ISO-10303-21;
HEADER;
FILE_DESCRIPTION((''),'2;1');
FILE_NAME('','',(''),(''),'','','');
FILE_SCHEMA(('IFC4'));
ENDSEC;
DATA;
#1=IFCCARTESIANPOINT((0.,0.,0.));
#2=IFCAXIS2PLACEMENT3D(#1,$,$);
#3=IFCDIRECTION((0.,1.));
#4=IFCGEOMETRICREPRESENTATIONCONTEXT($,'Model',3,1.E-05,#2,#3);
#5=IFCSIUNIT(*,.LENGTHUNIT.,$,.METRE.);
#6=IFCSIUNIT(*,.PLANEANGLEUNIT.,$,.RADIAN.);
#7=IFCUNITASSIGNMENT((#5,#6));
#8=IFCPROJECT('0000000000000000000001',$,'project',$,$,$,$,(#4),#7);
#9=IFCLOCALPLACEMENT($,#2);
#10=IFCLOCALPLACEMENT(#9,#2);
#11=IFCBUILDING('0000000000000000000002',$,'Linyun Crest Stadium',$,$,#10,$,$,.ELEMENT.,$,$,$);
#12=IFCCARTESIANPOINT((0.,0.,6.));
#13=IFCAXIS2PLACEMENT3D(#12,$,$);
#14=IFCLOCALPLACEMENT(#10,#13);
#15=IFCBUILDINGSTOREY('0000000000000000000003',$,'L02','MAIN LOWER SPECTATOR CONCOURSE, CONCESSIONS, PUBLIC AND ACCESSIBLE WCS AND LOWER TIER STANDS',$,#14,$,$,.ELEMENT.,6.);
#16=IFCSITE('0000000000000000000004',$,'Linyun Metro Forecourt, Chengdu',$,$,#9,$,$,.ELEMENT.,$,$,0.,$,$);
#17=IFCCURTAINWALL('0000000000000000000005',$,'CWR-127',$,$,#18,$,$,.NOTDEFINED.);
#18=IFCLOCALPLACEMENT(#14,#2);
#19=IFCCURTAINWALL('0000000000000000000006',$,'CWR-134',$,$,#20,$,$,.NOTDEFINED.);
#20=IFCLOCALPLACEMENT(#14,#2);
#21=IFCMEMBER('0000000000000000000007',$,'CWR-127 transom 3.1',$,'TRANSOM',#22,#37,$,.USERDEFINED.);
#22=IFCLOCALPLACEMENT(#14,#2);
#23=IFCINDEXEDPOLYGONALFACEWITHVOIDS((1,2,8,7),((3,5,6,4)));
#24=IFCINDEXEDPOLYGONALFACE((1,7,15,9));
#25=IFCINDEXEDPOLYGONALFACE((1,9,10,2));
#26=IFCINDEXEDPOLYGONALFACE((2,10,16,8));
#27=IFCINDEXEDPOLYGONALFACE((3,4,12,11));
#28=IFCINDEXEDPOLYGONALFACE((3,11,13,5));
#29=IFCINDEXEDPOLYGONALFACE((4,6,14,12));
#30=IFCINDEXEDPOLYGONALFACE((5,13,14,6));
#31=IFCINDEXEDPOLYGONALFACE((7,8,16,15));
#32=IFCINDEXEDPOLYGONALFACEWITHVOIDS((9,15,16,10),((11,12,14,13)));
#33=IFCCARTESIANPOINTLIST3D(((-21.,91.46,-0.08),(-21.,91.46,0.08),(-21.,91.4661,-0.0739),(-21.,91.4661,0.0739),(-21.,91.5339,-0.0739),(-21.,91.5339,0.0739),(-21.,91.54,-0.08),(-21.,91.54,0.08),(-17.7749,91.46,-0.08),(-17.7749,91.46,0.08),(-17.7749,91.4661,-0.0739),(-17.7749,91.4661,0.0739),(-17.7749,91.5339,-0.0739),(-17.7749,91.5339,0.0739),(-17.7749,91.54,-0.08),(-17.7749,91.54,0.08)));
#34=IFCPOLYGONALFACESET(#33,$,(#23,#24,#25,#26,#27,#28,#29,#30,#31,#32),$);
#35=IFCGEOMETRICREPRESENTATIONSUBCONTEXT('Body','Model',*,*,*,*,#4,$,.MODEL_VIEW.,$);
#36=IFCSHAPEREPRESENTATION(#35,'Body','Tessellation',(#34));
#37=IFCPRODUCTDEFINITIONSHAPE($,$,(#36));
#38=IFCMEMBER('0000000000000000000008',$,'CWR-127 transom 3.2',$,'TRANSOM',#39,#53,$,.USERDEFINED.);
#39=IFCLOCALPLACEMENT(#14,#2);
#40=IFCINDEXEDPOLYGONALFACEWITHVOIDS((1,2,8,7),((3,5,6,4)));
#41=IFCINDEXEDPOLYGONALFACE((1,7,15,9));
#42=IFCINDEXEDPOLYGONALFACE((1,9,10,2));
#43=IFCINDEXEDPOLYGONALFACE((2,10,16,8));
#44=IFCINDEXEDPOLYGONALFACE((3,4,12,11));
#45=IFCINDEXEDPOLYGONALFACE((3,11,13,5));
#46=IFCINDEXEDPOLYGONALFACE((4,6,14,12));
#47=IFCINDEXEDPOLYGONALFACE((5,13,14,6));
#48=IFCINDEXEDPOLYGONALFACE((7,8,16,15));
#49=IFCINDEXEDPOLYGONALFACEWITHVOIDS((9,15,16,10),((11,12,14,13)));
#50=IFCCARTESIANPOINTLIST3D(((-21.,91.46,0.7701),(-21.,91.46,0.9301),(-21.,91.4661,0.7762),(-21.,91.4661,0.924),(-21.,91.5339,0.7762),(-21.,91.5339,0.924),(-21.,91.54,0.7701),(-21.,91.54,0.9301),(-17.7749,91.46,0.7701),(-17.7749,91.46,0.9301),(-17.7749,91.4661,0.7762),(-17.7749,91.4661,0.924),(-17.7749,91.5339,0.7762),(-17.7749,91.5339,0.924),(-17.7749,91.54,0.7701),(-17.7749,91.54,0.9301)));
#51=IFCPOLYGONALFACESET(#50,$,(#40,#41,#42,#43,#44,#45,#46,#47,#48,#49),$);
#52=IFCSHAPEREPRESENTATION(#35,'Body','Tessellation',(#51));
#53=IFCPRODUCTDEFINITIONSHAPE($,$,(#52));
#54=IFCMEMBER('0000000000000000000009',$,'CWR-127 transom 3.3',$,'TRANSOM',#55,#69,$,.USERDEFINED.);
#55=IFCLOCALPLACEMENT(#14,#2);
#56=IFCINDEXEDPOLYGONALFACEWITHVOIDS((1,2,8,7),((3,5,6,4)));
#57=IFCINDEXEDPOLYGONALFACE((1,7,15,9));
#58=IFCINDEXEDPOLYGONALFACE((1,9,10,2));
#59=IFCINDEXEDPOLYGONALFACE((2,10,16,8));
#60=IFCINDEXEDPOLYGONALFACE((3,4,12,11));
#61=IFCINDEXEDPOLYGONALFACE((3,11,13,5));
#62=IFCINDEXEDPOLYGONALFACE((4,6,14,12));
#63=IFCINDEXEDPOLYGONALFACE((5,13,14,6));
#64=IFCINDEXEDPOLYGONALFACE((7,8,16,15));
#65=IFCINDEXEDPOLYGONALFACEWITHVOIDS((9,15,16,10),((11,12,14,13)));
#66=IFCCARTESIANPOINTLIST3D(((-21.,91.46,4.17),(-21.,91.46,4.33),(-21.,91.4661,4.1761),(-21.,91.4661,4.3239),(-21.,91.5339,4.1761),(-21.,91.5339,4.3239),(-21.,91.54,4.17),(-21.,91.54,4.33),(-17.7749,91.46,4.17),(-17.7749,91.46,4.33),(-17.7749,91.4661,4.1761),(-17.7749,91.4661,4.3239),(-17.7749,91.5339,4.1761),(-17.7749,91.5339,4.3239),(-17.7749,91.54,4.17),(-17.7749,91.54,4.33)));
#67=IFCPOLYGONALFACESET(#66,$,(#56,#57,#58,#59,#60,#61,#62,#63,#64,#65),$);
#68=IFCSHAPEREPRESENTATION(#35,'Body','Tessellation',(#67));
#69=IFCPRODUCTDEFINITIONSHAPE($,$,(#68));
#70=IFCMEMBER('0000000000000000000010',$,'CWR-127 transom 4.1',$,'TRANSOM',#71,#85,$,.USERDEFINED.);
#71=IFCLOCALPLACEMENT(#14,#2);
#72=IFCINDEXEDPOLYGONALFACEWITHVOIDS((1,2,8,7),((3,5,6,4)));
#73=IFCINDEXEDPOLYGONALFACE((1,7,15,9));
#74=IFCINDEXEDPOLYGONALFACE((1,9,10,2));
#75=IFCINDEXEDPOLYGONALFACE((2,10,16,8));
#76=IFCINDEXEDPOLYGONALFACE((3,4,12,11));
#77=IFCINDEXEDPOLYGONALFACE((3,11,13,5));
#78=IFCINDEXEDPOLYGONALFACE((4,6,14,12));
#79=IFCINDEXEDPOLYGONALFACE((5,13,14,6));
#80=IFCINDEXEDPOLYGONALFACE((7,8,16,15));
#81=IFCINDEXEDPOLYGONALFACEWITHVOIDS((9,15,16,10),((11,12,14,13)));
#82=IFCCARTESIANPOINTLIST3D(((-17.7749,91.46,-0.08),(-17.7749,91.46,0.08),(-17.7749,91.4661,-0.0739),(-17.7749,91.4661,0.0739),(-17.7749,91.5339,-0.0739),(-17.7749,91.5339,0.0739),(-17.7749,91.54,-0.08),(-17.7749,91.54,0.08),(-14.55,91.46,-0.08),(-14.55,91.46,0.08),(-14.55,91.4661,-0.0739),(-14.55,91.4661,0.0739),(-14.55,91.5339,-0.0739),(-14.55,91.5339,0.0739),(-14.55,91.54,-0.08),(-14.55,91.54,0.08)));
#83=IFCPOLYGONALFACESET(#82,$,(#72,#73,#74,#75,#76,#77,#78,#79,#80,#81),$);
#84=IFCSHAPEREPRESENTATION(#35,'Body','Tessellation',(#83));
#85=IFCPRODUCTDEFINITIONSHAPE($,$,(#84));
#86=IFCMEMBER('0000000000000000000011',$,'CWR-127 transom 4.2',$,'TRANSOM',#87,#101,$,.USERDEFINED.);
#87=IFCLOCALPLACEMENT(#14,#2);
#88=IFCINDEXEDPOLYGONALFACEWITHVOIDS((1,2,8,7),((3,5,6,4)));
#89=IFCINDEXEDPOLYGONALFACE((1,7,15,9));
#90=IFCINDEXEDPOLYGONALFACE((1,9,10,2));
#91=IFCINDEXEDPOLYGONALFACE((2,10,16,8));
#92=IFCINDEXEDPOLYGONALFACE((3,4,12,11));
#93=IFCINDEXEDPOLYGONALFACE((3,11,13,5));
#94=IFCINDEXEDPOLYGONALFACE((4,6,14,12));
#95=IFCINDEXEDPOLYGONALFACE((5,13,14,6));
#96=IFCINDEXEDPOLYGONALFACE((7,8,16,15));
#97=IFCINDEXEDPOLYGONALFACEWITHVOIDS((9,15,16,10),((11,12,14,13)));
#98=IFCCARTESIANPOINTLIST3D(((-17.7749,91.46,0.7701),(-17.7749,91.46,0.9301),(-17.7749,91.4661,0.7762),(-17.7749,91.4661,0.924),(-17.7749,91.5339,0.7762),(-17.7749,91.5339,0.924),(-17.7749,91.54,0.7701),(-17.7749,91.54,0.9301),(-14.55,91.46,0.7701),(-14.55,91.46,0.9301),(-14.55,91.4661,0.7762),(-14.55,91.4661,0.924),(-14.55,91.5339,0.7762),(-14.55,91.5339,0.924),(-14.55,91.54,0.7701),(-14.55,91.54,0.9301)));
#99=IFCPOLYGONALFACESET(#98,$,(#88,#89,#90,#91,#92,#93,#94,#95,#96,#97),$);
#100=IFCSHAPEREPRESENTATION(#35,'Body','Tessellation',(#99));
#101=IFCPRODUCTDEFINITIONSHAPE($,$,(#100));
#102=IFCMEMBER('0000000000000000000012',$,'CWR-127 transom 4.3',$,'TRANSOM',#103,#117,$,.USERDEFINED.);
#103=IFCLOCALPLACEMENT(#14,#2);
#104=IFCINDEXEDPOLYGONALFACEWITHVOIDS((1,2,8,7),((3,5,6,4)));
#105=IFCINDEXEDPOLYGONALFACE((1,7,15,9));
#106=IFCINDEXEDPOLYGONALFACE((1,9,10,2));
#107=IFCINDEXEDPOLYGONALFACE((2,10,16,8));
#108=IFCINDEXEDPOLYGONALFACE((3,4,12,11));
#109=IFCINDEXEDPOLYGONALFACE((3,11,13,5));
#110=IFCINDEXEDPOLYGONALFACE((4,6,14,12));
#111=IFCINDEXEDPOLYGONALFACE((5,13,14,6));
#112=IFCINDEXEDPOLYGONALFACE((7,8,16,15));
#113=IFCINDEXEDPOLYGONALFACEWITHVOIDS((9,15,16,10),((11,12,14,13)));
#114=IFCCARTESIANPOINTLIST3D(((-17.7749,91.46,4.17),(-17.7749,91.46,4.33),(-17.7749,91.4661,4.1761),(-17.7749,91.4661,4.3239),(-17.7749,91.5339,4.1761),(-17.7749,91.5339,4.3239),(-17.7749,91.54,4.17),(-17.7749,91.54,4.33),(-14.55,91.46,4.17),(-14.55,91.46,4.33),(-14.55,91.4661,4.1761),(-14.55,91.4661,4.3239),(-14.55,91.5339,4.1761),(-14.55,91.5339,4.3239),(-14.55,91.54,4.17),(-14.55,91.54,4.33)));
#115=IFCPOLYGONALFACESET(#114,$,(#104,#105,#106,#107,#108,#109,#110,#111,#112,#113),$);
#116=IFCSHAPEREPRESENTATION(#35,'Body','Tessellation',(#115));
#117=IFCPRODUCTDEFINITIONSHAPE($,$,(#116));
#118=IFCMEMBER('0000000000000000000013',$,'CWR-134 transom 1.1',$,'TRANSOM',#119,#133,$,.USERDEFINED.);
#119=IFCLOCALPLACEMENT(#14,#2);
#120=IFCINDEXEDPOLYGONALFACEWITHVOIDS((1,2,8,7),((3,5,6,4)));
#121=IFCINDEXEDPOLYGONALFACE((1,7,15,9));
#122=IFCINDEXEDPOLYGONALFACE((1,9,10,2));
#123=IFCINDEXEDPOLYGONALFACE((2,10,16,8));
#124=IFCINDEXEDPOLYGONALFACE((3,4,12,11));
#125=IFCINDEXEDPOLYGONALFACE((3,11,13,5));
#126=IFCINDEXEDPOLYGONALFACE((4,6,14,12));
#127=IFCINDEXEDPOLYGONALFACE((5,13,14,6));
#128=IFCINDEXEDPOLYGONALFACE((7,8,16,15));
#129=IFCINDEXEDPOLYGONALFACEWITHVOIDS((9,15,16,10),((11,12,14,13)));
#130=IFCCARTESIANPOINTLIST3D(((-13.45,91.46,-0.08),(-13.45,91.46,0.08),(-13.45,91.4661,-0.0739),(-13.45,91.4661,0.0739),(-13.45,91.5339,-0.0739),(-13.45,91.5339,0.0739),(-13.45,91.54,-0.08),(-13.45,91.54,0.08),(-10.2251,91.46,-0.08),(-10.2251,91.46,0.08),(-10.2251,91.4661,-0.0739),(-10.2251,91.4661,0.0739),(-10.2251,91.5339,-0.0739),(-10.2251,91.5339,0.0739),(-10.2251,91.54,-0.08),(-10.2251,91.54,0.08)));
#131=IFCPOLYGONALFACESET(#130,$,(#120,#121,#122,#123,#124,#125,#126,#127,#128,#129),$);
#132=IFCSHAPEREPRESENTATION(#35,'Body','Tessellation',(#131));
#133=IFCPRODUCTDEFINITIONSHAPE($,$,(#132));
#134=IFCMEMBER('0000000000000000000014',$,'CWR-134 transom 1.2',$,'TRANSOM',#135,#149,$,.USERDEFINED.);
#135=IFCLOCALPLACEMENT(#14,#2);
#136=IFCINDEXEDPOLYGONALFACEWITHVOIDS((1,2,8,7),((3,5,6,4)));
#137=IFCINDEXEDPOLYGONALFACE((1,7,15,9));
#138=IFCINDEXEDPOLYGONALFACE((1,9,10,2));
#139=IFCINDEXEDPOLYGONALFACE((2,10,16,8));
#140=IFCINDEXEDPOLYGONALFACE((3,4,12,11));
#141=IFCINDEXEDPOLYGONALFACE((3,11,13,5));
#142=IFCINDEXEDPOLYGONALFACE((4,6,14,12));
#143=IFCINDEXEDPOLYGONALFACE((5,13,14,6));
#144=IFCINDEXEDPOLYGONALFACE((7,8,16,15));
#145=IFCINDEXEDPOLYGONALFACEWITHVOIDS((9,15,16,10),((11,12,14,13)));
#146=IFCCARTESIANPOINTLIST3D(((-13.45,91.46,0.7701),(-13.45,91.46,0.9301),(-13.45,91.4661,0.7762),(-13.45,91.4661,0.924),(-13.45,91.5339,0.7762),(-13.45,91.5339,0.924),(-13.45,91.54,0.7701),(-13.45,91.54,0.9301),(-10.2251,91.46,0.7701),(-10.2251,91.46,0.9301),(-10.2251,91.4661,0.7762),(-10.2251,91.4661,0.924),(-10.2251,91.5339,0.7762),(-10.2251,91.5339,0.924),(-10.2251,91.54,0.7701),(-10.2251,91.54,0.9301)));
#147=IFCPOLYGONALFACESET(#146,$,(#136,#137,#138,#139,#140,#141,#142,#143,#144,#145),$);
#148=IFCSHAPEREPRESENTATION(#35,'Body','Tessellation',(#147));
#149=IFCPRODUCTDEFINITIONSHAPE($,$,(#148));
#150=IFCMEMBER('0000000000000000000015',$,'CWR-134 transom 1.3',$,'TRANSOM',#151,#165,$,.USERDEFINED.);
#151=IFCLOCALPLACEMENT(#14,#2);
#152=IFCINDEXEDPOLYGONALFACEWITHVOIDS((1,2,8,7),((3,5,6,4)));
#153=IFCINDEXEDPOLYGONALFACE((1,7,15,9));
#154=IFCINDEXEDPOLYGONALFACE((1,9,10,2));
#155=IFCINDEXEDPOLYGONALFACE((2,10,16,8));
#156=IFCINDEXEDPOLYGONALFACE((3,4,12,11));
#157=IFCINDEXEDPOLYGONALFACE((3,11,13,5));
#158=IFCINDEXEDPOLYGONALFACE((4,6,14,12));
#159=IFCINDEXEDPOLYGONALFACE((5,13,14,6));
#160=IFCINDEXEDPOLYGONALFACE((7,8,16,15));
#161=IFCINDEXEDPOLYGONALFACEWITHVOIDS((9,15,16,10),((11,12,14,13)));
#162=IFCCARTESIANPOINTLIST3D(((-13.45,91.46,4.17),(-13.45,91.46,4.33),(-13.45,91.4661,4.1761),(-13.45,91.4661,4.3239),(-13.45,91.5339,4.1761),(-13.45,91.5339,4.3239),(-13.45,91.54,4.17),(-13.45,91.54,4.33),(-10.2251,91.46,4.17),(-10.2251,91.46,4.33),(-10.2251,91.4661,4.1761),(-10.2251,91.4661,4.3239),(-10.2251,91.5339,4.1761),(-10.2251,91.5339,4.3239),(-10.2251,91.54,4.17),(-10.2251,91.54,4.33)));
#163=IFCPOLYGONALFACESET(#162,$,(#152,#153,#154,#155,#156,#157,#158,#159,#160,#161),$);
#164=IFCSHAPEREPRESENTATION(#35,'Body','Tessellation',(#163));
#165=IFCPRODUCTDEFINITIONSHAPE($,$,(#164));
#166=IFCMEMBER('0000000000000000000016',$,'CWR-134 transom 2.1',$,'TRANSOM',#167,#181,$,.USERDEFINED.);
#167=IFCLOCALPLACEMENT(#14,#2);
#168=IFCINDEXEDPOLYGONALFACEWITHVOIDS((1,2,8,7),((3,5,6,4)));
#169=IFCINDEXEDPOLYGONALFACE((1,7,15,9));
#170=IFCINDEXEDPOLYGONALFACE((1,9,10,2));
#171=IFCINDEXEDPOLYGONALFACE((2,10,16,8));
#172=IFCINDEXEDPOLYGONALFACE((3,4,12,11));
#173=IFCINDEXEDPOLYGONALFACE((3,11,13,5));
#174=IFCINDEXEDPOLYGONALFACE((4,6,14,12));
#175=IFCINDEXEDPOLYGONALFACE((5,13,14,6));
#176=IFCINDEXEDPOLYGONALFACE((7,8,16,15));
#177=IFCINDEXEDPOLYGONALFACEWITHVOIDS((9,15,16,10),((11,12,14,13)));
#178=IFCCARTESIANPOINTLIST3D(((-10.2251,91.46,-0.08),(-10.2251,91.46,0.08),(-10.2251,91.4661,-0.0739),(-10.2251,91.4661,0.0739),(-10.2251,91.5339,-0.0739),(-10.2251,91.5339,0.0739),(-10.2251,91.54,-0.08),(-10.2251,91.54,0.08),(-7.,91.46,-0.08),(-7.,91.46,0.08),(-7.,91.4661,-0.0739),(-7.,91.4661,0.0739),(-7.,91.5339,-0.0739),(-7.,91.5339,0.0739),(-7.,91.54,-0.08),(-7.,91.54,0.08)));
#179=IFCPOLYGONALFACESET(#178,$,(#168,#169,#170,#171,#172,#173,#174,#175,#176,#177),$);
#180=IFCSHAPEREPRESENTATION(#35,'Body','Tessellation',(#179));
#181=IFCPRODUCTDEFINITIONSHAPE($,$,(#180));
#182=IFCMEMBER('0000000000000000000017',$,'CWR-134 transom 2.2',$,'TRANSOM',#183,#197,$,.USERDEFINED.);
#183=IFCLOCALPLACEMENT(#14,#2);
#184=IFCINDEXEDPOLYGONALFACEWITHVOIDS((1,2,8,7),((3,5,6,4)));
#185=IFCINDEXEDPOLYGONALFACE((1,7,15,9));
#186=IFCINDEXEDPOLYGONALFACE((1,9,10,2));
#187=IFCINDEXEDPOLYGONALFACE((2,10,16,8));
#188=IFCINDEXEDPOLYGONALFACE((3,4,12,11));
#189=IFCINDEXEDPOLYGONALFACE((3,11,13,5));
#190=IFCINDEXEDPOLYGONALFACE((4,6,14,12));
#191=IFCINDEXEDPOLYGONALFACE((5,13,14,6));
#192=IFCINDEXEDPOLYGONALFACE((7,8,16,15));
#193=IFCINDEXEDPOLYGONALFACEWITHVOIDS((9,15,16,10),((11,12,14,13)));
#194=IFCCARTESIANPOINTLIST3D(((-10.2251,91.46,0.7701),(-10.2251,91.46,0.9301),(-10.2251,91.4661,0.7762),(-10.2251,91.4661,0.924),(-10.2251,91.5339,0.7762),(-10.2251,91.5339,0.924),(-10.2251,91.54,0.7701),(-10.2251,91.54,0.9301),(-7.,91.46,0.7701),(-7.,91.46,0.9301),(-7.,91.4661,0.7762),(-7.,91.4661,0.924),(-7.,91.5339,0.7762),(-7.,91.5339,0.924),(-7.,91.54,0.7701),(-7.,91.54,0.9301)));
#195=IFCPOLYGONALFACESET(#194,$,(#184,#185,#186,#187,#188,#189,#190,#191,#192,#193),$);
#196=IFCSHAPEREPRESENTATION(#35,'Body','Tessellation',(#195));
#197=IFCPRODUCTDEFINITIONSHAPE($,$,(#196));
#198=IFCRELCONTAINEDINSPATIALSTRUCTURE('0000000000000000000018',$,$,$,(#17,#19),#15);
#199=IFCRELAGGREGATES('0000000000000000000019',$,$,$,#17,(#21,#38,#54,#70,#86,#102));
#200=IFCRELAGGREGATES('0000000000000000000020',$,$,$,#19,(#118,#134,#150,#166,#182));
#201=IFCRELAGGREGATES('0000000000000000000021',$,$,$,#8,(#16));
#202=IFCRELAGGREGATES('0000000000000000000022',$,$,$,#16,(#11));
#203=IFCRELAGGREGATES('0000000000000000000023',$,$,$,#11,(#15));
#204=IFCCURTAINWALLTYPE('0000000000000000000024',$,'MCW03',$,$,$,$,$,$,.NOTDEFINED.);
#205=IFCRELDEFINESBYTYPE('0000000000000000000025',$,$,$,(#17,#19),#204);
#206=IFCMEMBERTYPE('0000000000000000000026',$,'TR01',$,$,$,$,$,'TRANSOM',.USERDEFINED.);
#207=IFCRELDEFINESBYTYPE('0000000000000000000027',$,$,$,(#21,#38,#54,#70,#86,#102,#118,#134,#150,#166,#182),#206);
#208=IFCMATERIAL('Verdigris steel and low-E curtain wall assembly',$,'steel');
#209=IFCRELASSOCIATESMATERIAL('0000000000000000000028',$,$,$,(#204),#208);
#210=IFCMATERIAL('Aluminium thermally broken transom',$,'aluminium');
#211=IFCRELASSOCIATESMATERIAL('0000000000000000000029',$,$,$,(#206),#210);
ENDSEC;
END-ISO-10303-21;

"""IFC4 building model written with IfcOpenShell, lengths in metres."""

from ifc_helpers import new_model, si_unit, direction, frame, origin, origin_2d, place, context, subcontext, project, spatial, hollow_rectangle, extrude, material, material_profile, profile_set, type_object, element, aggregate, save


model = new_model("IFC4")

# Units and contexts
model_context = context("Model", 3, precision=1e-05, world=origin(), true_north=direction((0.0, 1.0)))
body_context = subcontext(model_context, "Body", "Model", "MODEL_VIEW")
ifc_project = project(units=[si_unit("LENGTHUNIT", "METRE"), si_unit("PLANEANGLEUNIT", "RADIAN")], contexts=[model_context])

# Site, building, storey
site_placement = place(None, origin())
site = spatial("IfcSite", under=ifc_project, at=site_placement, Name="Linyun Metro Forecourt, Chengdu", CompositionType="ELEMENT", RefElevation=0.0)
building_placement = place(site_placement, origin())
building = spatial("IfcBuilding", under=site, at=building_placement, Name="Linyun Crest Stadium", CompositionType="ELEMENT")
storey_placement = place(building_placement, frame((0.0, 0.0, 6.0)))
storey = spatial("IfcBuildingStorey", under=building, at=storey_placement, Name="L02", Description="MAIN LOWER SPECTATOR CONCOURSE, CONCESSIONS, PUBLIC AND ACCESSIBLE WCS AND LOWER TIER STANDS", CompositionType="ELEMENT", Elevation=6.0)

# Curtain walls
ifc_material_1 = material(Name="Verdigris steel and low-E curtain wall assembly", Category="steel")
curtain_wall_type = type_object("IfcCurtainWallType", Name="MCW03", PredefinedType="NOTDEFINED", material=ifc_material_1)
curtain_wall_1_placement = place(storey_placement, origin())
curtain_wall_1 = element("IfcCurtainWall", 1, at=curtain_wall_1_placement, inside=storey, type_object=curtain_wall_type, Name="CWR-127", PredefinedType="NOTDEFINED")
curtain_wall_2_placement = place(storey_placement, origin())
curtain_wall_2 = element("IfcCurtainWall", 2, at=curtain_wall_2_placement, inside=storey, type_object=curtain_wall_type, Name="CWR-134", PredefinedType="NOTDEFINED")

# Members
ifc_material_2 = material(Name="Aluminium thermally broken transom", Category="aluminium")
ifc_material_profile_1 = material_profile(ifc_material_2, hollow_rectangle(XDim=0.0801, YDim=0.1599, WallThickness=0.0061, at=origin_2d()), Name="RHS 160x80x6")
ifc_profile_set_1 = profile_set([ifc_material_profile_1], Name="Aluminium thermally broken transom")
member_type_1 = type_object("IfcMemberType", Name="TR01", ElementType="TRANSOM", PredefinedType="USERDEFINED", material=ifc_profile_set_1)
member_1_placement = place(storey_placement, frame((-21.0, 91.5, 0.0), z_axis=(1.0, 0.0, 0.0), x_axis=(0.0, 1.0, 0.0)))
member_1 = element("IfcMember", 3, at=member_1_placement, type_object=member_type_1, Name="CWR-127 transom 3.1", ObjectType="TRANSOM", PredefinedType="USERDEFINED", context=body_context, shape_type="SweptSolid", body=[
    extrude(hollow_rectangle(XDim=0.0801, YDim=0.1599, WallThickness=0.0061, at=origin_2d()), origin(), (0.0, 0.0, 1.0), 3.2251),
])
member_2_placement = place(storey_placement, frame((-21.0, 91.5, 0.8501), z_axis=(1.0, 0.0, 0.0), x_axis=(0.0, 1.0, 0.0)))
member_2 = element("IfcMember", 4, at=member_2_placement, type_object=member_type_1, Name="CWR-127 transom 3.2", ObjectType="TRANSOM", PredefinedType="USERDEFINED", context=body_context, shape_type="SweptSolid", body=[
    extrude(hollow_rectangle(XDim=0.0801, YDim=0.1599, WallThickness=0.0061, at=origin_2d()), origin(), (0.0, 0.0, 1.0), 3.2251),
])
member_3_placement = place(storey_placement, frame((-21.0, 91.5, 4.25), z_axis=(1.0, 0.0, 0.0), x_axis=(0.0, 1.0, 0.0)))
member_3 = element("IfcMember", 5, at=member_3_placement, type_object=member_type_1, Name="CWR-127 transom 3.3", ObjectType="TRANSOM", PredefinedType="USERDEFINED", context=body_context, shape_type="SweptSolid", body=[
    extrude(hollow_rectangle(XDim=0.0801, YDim=0.1599, WallThickness=0.0061, at=origin_2d()), origin(), (0.0, 0.0, 1.0), 3.2251),
])
member_4_placement = place(storey_placement, frame((-17.7749, 91.5, 0.0), z_axis=(1.0, 0.0, 0.0), x_axis=(0.0, 1.0, 0.0)))
member_4 = element("IfcMember", 6, at=member_4_placement, type_object=member_type_1, Name="CWR-127 transom 4.1", ObjectType="TRANSOM", PredefinedType="USERDEFINED", context=body_context, shape_type="SweptSolid", body=[
    extrude(hollow_rectangle(XDim=0.0801, YDim=0.1599, WallThickness=0.0061, at=origin_2d()), origin(), (0.0, 0.0, 1.0), 3.2249),
])
member_5_placement = place(storey_placement, frame((-17.7749, 91.5, 0.8501), z_axis=(1.0, 0.0, 0.0), x_axis=(0.0, 1.0, 0.0)))
member_5 = element("IfcMember", 7, at=member_5_placement, type_object=member_type_1, Name="CWR-127 transom 4.2", ObjectType="TRANSOM", PredefinedType="USERDEFINED", context=body_context, shape_type="SweptSolid", body=[
    extrude(hollow_rectangle(XDim=0.0801, YDim=0.1599, WallThickness=0.0061, at=origin_2d()), origin(), (0.0, 0.0, 1.0), 3.2249),
])
member_6_placement = place(storey_placement, frame((-17.7749, 91.5, 4.25), z_axis=(1.0, 0.0, 0.0), x_axis=(0.0, 1.0, 0.0)))
member_6 = element("IfcMember", 8, at=member_6_placement, type_object=member_type_1, Name="CWR-127 transom 4.3", ObjectType="TRANSOM", PredefinedType="USERDEFINED", context=body_context, shape_type="SweptSolid", body=[
    extrude(hollow_rectangle(XDim=0.0801, YDim=0.1599, WallThickness=0.0061, at=origin_2d()), origin(), (0.0, 0.0, 1.0), 3.2249),
])
member_7_placement = place(storey_placement, frame((-13.45, 91.5, 0.0), z_axis=(1.0, 0.0, 0.0), x_axis=(0.0, 1.0, 0.0)))
member_7 = element("IfcMember", 9, at=member_7_placement, type_object=member_type_1, Name="CWR-134 transom 1.1", ObjectType="TRANSOM", PredefinedType="USERDEFINED", context=body_context, shape_type="SweptSolid", body=[
    extrude(hollow_rectangle(XDim=0.0801, YDim=0.1599, WallThickness=0.0061, at=origin_2d()), origin(), (0.0, 0.0, 1.0), 3.2249),
])
member_8_placement = place(storey_placement, frame((-13.45, 91.5, 0.8501), z_axis=(1.0, 0.0, 0.0), x_axis=(0.0, 1.0, 0.0)))
member_8 = element("IfcMember", 10, at=member_8_placement, type_object=member_type_1, Name="CWR-134 transom 1.2", ObjectType="TRANSOM", PredefinedType="USERDEFINED", context=body_context, shape_type="SweptSolid", body=[
    extrude(hollow_rectangle(XDim=0.0801, YDim=0.1599, WallThickness=0.0061, at=origin_2d()), origin(), (0.0, 0.0, 1.0), 3.2249),
])
member_9_placement = place(storey_placement, frame((-13.45, 91.5, 4.25), z_axis=(1.0, 0.0, 0.0), x_axis=(0.0, 1.0, 0.0)))
member_9 = element("IfcMember", 11, at=member_9_placement, type_object=member_type_1, Name="CWR-134 transom 1.3", ObjectType="TRANSOM", PredefinedType="USERDEFINED", context=body_context, shape_type="SweptSolid", body=[
    extrude(hollow_rectangle(XDim=0.0801, YDim=0.1599, WallThickness=0.0061, at=origin_2d()), origin(), (0.0, 0.0, 1.0), 3.2249),
])
member_10_placement = place(storey_placement, frame((-10.2251, 91.5, 0.0), z_axis=(1.0, 0.0, 0.0), x_axis=(0.0, 1.0, 0.0)))
member_10 = element("IfcMember", 12, at=member_10_placement, type_object=member_type_1, Name="CWR-134 transom 2.1", ObjectType="TRANSOM", PredefinedType="USERDEFINED", context=body_context, shape_type="SweptSolid", body=[
    extrude(hollow_rectangle(XDim=0.0801, YDim=0.1599, WallThickness=0.0061, at=origin_2d()), origin(), (0.0, 0.0, 1.0), 3.2251),
])
member_11_placement = place(storey_placement, frame((-10.2251, 91.5, 0.8501), z_axis=(1.0, 0.0, 0.0), x_axis=(0.0, 1.0, 0.0)))
member_11 = element("IfcMember", 13, at=member_11_placement, type_object=member_type_1, Name="CWR-134 transom 2.2", ObjectType="TRANSOM", PredefinedType="USERDEFINED", context=body_context, shape_type="SweptSolid", body=[
    extrude(hollow_rectangle(XDim=0.0801, YDim=0.1599, WallThickness=0.0061, at=origin_2d()), origin(), (0.0, 0.0, 1.0), 3.2251),
])

aggregate(curtain_wall_1, [member_1, member_2, member_3, member_4, member_5, member_6])
aggregate(curtain_wall_2, [member_7, member_8, member_9, member_10, member_11])

save(model, "model.ifc")
